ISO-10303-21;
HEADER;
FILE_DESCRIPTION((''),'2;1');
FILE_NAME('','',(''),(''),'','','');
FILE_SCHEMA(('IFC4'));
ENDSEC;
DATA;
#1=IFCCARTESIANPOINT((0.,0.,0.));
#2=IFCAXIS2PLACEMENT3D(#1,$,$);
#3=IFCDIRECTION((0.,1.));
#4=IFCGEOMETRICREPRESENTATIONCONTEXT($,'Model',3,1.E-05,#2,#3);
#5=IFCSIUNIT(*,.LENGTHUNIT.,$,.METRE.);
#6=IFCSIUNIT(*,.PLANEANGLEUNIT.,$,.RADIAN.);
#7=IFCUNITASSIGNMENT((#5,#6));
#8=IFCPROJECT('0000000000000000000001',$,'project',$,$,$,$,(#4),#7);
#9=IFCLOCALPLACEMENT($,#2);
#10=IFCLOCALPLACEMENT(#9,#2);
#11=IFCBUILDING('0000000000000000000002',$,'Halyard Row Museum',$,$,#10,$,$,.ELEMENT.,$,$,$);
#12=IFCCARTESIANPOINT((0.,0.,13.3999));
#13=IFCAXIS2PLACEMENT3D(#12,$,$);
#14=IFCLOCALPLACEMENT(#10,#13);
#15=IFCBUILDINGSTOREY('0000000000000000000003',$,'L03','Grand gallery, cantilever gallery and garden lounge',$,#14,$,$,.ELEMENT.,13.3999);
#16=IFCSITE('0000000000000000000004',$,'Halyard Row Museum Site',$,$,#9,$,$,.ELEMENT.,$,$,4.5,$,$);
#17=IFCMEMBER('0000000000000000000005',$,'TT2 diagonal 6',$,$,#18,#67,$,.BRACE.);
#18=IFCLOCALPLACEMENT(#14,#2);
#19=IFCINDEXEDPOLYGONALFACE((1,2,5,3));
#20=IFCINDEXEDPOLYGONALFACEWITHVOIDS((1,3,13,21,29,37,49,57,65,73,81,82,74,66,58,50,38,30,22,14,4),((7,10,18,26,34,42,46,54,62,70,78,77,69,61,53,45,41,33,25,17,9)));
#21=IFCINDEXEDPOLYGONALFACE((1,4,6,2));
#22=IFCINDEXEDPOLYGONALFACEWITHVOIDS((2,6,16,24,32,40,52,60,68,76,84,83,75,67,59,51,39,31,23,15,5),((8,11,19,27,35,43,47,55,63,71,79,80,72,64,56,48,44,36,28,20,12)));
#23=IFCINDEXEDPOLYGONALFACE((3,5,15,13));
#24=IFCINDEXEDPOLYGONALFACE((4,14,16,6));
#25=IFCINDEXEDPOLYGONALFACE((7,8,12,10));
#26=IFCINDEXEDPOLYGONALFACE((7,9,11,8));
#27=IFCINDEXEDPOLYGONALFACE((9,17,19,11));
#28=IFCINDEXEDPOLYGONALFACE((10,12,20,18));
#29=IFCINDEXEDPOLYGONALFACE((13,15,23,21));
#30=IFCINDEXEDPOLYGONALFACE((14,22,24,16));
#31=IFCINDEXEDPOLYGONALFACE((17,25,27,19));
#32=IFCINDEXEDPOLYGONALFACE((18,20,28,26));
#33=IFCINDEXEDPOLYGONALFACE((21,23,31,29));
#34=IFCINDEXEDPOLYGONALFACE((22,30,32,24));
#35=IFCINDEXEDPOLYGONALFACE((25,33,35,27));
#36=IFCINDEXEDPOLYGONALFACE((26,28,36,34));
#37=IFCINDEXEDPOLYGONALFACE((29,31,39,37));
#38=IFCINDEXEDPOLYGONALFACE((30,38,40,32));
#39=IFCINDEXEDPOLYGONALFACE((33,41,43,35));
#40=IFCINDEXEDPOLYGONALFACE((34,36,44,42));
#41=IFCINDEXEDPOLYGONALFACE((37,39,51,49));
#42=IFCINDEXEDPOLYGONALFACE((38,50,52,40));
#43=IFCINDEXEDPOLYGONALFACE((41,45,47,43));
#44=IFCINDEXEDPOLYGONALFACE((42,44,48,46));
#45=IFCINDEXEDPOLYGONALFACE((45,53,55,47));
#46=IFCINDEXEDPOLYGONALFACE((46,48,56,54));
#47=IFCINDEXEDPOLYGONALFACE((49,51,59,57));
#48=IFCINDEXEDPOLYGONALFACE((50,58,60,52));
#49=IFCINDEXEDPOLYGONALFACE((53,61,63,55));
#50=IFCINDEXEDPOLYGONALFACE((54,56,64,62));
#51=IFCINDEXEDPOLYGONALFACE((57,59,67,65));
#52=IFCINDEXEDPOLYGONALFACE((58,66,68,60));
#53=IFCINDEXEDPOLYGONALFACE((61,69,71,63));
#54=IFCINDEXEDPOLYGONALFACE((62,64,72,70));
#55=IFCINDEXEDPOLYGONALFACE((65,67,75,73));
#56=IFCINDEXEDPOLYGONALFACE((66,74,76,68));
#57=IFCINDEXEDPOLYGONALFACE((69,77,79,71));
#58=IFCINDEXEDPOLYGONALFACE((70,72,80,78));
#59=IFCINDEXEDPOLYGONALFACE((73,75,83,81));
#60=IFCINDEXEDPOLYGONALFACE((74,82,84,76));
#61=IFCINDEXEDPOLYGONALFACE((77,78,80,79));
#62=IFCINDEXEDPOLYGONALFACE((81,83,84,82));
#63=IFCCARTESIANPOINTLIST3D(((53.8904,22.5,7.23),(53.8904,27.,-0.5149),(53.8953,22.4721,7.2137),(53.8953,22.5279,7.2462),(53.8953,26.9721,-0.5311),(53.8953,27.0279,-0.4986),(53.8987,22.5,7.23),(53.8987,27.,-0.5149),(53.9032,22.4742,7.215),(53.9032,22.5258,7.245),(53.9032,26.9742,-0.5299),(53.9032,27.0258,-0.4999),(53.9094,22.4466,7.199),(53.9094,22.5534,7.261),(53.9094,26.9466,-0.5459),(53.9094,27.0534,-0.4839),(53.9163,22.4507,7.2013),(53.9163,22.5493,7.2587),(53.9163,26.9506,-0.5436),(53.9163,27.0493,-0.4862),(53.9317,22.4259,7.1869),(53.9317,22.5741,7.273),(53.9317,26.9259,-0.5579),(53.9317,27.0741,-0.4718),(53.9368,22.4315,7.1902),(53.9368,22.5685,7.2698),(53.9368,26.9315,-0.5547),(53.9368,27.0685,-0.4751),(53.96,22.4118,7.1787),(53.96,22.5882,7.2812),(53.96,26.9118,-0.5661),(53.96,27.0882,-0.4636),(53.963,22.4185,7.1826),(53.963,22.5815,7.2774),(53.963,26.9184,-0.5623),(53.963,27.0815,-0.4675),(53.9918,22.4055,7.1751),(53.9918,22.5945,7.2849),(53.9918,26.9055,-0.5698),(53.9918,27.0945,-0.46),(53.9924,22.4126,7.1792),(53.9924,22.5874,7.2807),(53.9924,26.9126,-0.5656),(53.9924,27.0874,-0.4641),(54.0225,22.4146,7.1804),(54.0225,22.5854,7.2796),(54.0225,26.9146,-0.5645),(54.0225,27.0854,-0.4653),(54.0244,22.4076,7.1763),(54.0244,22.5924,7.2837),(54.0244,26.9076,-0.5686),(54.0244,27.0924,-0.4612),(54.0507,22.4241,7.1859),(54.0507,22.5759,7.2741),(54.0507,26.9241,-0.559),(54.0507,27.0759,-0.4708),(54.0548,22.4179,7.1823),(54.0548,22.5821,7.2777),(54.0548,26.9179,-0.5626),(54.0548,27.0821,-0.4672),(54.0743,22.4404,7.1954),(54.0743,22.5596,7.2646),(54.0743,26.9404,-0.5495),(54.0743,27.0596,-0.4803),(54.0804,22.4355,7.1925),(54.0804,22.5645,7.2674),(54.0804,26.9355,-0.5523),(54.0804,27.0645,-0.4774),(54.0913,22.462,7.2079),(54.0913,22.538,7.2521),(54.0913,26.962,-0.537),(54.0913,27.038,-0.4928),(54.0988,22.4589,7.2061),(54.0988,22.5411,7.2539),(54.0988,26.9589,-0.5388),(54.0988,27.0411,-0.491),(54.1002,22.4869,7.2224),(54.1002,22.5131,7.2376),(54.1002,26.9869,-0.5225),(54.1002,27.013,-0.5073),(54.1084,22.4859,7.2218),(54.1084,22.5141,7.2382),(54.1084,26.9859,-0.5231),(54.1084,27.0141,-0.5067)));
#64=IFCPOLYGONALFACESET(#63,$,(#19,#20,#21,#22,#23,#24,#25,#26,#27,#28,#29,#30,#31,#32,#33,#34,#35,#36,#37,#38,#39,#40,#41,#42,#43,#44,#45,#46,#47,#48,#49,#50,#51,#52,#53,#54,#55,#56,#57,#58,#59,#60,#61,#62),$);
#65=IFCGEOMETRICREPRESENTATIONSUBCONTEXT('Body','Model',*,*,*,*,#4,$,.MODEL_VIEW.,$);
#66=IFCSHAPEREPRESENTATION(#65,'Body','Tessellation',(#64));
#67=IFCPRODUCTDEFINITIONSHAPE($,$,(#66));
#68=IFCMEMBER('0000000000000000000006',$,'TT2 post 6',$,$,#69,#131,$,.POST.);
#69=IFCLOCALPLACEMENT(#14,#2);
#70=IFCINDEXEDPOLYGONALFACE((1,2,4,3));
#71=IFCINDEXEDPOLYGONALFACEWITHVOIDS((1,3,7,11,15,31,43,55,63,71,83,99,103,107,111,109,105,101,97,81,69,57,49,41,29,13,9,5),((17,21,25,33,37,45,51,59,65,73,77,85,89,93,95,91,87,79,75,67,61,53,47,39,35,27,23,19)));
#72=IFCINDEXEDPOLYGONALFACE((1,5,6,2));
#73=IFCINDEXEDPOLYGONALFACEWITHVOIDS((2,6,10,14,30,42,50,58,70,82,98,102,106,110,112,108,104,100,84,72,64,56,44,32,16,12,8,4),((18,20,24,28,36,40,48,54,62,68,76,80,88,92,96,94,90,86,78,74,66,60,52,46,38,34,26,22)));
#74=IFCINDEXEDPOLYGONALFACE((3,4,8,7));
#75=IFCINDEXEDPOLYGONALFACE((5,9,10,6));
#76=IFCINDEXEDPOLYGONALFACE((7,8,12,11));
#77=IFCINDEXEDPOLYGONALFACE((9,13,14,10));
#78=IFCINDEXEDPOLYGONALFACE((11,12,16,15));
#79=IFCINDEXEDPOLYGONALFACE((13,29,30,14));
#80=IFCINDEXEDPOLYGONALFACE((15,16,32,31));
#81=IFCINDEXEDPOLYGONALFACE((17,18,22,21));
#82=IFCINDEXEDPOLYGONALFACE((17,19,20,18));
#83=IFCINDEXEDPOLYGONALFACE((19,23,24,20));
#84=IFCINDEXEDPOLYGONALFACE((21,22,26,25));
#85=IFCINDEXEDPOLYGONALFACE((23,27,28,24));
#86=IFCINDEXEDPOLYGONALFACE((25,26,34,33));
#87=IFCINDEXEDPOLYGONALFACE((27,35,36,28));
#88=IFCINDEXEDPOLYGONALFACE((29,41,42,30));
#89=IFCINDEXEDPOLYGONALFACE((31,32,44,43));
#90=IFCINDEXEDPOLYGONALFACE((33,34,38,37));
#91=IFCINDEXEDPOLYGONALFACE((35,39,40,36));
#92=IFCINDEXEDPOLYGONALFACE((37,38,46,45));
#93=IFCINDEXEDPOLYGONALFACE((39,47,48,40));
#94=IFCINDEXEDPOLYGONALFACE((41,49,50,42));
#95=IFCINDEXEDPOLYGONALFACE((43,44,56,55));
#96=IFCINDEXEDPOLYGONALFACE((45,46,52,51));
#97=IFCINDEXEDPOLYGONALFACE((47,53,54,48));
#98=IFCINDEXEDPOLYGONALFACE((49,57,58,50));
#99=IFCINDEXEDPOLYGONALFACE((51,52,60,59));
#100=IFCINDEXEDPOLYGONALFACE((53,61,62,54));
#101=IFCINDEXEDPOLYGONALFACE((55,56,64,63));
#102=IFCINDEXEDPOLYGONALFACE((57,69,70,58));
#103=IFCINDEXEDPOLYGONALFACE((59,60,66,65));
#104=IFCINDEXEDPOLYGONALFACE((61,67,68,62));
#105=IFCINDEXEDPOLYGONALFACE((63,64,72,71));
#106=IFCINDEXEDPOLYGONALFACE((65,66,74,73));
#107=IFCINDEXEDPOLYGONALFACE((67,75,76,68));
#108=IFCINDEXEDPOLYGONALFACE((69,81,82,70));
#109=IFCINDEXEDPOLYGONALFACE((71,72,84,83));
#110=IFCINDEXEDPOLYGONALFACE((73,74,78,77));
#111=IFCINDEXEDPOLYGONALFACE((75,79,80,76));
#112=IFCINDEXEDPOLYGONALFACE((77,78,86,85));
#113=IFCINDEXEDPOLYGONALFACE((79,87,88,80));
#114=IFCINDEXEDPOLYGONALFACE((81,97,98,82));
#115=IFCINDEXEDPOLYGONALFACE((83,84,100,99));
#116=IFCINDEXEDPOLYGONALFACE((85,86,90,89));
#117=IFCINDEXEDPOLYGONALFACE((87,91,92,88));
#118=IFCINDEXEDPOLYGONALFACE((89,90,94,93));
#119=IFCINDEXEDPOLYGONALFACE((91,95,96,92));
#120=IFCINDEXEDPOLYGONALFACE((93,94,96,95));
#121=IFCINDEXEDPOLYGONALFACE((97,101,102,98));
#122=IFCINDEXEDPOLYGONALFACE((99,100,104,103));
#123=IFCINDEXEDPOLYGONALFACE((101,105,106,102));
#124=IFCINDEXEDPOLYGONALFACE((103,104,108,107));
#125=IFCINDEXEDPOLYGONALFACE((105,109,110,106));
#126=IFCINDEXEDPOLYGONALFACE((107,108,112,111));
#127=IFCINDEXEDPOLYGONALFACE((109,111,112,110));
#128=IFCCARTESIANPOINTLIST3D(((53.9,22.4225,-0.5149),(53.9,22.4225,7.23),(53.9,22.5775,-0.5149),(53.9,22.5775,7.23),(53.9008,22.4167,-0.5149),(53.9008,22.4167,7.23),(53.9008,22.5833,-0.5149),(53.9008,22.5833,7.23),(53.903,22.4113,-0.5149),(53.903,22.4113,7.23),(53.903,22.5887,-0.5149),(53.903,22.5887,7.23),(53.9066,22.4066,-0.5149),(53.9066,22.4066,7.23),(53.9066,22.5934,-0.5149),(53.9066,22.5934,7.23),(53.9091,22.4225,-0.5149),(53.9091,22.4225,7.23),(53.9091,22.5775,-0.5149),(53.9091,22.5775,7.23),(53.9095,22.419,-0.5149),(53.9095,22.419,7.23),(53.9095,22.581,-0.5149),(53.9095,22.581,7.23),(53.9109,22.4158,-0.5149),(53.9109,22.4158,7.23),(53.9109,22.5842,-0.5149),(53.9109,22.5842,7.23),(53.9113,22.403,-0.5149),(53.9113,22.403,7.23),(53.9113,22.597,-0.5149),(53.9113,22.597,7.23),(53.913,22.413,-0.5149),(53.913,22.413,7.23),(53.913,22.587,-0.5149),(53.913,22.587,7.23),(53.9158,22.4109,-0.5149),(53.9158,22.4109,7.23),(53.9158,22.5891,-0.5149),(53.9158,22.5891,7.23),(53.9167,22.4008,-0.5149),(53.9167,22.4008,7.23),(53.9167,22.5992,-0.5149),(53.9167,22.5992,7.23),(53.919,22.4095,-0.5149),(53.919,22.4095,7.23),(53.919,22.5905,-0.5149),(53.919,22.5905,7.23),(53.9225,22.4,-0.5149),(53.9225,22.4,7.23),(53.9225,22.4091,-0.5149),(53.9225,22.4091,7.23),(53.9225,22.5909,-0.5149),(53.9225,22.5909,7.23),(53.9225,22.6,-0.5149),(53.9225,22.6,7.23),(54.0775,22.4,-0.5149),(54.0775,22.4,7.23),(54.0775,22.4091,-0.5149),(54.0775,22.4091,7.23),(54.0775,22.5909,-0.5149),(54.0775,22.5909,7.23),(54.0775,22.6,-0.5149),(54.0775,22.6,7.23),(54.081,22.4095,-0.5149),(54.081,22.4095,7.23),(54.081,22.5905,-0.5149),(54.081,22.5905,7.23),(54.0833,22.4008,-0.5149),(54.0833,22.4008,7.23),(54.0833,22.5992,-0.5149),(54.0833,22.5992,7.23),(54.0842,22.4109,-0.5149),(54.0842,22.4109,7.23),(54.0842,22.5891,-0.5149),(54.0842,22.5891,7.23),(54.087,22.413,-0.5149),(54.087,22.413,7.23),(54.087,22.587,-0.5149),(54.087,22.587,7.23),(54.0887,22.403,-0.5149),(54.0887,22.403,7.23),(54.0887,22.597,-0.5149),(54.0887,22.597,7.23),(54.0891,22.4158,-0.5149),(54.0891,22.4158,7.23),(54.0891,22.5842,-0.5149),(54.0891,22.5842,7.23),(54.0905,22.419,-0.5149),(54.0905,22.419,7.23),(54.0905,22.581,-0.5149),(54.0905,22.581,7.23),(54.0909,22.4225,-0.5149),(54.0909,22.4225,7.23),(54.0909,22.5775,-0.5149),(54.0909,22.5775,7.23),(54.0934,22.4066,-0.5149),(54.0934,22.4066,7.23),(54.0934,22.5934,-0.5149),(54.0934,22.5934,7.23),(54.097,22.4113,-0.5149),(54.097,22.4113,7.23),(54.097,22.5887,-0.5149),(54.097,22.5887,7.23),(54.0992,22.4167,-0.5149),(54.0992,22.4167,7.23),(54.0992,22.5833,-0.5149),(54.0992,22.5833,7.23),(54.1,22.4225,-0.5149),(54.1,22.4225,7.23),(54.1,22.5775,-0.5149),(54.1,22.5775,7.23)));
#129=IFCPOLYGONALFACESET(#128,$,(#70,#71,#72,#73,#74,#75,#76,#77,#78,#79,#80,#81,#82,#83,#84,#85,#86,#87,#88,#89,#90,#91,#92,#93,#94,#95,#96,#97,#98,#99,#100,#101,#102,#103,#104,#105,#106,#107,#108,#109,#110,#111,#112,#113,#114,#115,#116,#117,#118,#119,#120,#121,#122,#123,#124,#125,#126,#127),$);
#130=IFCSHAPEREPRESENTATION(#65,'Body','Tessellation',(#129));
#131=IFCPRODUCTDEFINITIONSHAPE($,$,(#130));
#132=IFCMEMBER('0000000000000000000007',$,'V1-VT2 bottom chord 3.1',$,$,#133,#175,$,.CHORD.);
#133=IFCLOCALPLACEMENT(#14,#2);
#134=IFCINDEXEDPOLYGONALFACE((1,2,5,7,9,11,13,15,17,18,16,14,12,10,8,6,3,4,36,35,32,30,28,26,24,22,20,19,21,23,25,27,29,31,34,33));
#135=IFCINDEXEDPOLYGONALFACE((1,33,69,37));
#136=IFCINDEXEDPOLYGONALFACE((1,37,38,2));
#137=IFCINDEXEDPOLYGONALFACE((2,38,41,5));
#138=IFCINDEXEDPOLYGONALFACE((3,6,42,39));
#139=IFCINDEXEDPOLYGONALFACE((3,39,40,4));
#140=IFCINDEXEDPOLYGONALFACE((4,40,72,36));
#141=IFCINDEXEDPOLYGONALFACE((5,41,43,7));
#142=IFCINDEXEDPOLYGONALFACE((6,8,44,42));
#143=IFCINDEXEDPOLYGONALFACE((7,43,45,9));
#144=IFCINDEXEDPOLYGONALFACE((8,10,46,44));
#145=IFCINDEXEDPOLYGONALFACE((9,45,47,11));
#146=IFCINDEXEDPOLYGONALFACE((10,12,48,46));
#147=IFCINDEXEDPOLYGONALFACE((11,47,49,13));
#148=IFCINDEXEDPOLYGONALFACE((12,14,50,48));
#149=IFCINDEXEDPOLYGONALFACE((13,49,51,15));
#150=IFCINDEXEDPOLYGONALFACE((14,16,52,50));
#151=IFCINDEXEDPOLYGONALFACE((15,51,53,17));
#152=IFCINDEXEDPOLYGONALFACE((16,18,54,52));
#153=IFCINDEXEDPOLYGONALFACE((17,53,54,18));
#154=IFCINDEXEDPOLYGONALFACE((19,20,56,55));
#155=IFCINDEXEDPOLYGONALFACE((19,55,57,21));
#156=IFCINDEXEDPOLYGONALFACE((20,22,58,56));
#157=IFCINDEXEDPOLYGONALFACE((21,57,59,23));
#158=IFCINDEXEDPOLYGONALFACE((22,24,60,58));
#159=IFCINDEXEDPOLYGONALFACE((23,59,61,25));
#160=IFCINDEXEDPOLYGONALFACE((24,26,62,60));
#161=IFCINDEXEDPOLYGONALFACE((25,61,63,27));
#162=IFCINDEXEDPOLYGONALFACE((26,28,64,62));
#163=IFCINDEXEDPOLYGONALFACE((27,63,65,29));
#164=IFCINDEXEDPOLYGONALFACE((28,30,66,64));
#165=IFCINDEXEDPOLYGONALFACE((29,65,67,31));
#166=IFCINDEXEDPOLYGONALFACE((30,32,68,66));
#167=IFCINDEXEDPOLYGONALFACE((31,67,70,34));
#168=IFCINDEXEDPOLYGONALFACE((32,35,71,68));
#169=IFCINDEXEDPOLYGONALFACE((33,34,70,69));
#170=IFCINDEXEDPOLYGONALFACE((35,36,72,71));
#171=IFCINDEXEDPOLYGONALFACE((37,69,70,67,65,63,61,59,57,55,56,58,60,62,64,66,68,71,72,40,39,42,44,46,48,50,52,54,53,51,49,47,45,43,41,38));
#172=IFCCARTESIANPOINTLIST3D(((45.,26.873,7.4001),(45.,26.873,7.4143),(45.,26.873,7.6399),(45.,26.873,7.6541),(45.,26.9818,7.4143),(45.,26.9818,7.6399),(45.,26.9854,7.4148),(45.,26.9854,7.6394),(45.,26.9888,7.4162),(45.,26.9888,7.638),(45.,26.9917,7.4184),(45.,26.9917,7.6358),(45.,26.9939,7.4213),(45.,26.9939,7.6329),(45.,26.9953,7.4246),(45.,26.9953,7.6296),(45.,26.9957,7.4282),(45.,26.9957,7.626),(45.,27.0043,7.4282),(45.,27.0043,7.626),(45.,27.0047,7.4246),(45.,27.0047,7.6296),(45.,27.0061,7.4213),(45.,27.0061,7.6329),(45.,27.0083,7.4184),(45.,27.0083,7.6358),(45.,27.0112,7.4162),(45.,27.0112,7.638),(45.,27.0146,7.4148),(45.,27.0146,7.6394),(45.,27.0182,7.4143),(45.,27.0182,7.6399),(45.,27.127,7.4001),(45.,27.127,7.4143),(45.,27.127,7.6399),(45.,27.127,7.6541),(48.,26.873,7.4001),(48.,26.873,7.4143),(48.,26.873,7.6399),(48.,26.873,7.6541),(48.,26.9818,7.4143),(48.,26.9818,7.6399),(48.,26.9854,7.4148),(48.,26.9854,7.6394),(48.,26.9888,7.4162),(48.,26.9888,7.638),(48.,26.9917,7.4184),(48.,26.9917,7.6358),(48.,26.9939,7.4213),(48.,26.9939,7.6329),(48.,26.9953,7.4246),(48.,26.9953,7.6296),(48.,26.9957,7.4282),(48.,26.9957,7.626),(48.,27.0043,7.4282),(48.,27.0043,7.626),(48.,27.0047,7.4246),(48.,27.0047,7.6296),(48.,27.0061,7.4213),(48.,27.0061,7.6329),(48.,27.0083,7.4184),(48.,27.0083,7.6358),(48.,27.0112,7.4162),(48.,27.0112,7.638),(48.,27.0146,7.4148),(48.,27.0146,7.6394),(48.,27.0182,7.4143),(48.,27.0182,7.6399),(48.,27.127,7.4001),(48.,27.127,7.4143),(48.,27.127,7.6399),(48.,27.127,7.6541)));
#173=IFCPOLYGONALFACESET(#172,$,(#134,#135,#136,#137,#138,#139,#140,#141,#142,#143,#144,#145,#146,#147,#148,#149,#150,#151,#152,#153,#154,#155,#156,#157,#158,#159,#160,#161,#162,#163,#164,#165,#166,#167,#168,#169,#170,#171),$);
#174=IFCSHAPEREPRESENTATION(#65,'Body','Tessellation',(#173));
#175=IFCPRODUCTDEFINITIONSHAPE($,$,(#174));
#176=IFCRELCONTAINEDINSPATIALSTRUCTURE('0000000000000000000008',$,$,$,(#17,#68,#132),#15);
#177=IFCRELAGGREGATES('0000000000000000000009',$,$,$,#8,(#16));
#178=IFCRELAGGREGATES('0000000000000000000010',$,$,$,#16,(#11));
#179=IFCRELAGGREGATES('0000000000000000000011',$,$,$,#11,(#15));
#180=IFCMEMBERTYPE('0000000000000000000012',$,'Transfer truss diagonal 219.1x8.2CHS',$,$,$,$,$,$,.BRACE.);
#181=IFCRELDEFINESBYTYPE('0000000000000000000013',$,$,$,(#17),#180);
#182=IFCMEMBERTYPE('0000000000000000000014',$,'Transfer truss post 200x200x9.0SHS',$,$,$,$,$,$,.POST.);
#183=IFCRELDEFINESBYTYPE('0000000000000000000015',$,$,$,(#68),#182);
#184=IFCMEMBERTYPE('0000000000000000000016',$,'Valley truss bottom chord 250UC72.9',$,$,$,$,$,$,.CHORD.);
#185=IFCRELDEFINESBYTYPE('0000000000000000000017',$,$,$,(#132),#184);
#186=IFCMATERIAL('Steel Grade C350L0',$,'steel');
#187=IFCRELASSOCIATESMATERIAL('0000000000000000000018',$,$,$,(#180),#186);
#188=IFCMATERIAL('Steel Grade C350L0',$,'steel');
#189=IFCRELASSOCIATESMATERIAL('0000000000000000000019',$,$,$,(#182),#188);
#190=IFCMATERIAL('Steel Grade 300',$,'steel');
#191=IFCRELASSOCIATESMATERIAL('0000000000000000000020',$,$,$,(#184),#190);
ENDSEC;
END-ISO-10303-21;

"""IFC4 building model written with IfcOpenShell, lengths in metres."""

from ifc_helpers import new_model, si_unit, direction, frame, origin, origin_2d, place, context, subcontext, project, spatial, hollow_rectangle, hollow_circle, i_section, extrude, material, material_profile, profile_set, type_object, element, save


model = new_model("IFC4")

# Units and contexts
model_context = context("Model", 3, precision=1e-05, world=origin(), true_north=direction((0.0, 1.0)))
body_context = subcontext(model_context, "Body", "Model", "MODEL_VIEW")
ifc_project = project(units=[si_unit("LENGTHUNIT", "METRE"), si_unit("PLANEANGLEUNIT", "RADIAN")], contexts=[model_context])

# Site, building, storey
site_placement = place(None, origin())
site = spatial("IfcSite", under=ifc_project, at=site_placement, Name="Halyard Row Museum Site", CompositionType="ELEMENT", RefElevation=4.5)
building_placement = place(site_placement, origin())
building = spatial("IfcBuilding", under=site, at=building_placement, Name="Halyard Row Museum", CompositionType="ELEMENT")
storey_placement = place(building_placement, frame((0.0, 0.0, 13.3999)))
storey = spatial("IfcBuildingStorey", under=building, at=storey_placement, Name="L03", Description="Grand gallery, cantilever gallery and garden lounge", CompositionType="ELEMENT", Elevation=13.3999)

# Members
ifc_material_1 = material(Name="Steel Grade C350L0", Category="steel")
ifc_material_profile_1 = material_profile(ifc_material_1, hollow_circle(Radius=0.1096, WallThickness=0.0083, at=origin_2d()), Name="219.1x8.2CHS")
ifc_profile_set_1 = profile_set([ifc_material_profile_1], Name="Steel Grade C350L0")
member_type_1 = type_object("IfcMemberType", Name="Transfer truss diagonal 219.1x8.2CHS", PredefinedType="BRACE", material=ifc_profile_set_1)
member_1_placement = place(storey_placement, frame((54.0, 22.5, 7.23), z_axis=(0.0, 0.502384, -0.864645), x_axis=(-1.0, 0.0, 0.0)))
element("IfcMember", 1, at=member_1_placement, inside=storey, type_object=member_type_1, Name="TT2 diagonal 6", PredefinedType="BRACE", context=body_context, shape_type="SweptSolid", body=[
    extrude(hollow_circle(Radius=0.1096, WallThickness=0.0083, at=origin_2d()), origin(), (0.0, 0.0, 1.0), 8.9573),
])
ifc_material_2 = material(Name="Steel Grade C350L0", Category="steel")
ifc_material_profile_2 = material_profile(ifc_material_2, hollow_rectangle(XDim=0.2, YDim=0.2, WallThickness=0.009, InnerFilletRadius=0.0134, OuterFilletRadius=0.0225, at=origin_2d()), Name="200x200x9.0SHS")
ifc_profile_set_2 = profile_set([ifc_material_profile_2], Name="Steel Grade C350L0")
member_type_2 = type_object("IfcMemberType", Name="Transfer truss post 200x200x9.0SHS", PredefinedType="POST", material=ifc_profile_set_2)
member_2_placement = place(storey_placement, frame((54.0, 22.5, -0.5149), z_axis=(0.0, 0.0, 1.0), x_axis=(1.0, 0.0, 0.0)))
element("IfcMember", 2, at=member_2_placement, inside=storey, type_object=member_type_2, Name="TT2 post 6", PredefinedType="POST", context=body_context, shape_type="SweptSolid", body=[
    extrude(hollow_rectangle(XDim=0.2, YDim=0.2, WallThickness=0.009, InnerFilletRadius=0.0134, OuterFilletRadius=0.0225, at=origin_2d()), origin(), (0.0, 0.0, 1.0), 7.7449),
])
ifc_material_3 = material(Name="Steel Grade 300", Category="steel")
ifc_material_profile_3 = material_profile(ifc_material_3, i_section(OverallWidth=0.2539, OverallDepth=0.2539, WebThickness=0.0085, FlangeThickness=0.0142, FilletRadius=0.0139, at=origin_2d()), Name="250UC72.9")
ifc_profile_set_3 = profile_set([ifc_material_profile_3], Name="Steel Grade 300")
member_type_3 = type_object("IfcMemberType", Name="Valley truss bottom chord 250UC72.9", PredefinedType="CHORD", material=ifc_profile_set_3)
for number, where, z_axis, x_axis, name in (
    (3, (45.0, 27.0, 7.5271), (1.0, 0.0, 0.0), (0.0, 1.0, 0.0), "V1-VT2 bottom chord 3.1"),
):
    element("IfcMember", number, at=place(storey_placement, frame(where, z_axis=z_axis, x_axis=x_axis)), inside=storey, type_object=member_type_3, Name=name, PredefinedType="CHORD", context=body_context, shape_type="SweptSolid", body=[
        extrude(i_section(OverallWidth=0.2539, OverallDepth=0.2539, WebThickness=0.0085, FlangeThickness=0.0142, FilletRadius=0.0139, at=origin_2d()), origin(), (0.0, 0.0, 1.0), 3.0),
    ])

save(model, "model.ifc")
